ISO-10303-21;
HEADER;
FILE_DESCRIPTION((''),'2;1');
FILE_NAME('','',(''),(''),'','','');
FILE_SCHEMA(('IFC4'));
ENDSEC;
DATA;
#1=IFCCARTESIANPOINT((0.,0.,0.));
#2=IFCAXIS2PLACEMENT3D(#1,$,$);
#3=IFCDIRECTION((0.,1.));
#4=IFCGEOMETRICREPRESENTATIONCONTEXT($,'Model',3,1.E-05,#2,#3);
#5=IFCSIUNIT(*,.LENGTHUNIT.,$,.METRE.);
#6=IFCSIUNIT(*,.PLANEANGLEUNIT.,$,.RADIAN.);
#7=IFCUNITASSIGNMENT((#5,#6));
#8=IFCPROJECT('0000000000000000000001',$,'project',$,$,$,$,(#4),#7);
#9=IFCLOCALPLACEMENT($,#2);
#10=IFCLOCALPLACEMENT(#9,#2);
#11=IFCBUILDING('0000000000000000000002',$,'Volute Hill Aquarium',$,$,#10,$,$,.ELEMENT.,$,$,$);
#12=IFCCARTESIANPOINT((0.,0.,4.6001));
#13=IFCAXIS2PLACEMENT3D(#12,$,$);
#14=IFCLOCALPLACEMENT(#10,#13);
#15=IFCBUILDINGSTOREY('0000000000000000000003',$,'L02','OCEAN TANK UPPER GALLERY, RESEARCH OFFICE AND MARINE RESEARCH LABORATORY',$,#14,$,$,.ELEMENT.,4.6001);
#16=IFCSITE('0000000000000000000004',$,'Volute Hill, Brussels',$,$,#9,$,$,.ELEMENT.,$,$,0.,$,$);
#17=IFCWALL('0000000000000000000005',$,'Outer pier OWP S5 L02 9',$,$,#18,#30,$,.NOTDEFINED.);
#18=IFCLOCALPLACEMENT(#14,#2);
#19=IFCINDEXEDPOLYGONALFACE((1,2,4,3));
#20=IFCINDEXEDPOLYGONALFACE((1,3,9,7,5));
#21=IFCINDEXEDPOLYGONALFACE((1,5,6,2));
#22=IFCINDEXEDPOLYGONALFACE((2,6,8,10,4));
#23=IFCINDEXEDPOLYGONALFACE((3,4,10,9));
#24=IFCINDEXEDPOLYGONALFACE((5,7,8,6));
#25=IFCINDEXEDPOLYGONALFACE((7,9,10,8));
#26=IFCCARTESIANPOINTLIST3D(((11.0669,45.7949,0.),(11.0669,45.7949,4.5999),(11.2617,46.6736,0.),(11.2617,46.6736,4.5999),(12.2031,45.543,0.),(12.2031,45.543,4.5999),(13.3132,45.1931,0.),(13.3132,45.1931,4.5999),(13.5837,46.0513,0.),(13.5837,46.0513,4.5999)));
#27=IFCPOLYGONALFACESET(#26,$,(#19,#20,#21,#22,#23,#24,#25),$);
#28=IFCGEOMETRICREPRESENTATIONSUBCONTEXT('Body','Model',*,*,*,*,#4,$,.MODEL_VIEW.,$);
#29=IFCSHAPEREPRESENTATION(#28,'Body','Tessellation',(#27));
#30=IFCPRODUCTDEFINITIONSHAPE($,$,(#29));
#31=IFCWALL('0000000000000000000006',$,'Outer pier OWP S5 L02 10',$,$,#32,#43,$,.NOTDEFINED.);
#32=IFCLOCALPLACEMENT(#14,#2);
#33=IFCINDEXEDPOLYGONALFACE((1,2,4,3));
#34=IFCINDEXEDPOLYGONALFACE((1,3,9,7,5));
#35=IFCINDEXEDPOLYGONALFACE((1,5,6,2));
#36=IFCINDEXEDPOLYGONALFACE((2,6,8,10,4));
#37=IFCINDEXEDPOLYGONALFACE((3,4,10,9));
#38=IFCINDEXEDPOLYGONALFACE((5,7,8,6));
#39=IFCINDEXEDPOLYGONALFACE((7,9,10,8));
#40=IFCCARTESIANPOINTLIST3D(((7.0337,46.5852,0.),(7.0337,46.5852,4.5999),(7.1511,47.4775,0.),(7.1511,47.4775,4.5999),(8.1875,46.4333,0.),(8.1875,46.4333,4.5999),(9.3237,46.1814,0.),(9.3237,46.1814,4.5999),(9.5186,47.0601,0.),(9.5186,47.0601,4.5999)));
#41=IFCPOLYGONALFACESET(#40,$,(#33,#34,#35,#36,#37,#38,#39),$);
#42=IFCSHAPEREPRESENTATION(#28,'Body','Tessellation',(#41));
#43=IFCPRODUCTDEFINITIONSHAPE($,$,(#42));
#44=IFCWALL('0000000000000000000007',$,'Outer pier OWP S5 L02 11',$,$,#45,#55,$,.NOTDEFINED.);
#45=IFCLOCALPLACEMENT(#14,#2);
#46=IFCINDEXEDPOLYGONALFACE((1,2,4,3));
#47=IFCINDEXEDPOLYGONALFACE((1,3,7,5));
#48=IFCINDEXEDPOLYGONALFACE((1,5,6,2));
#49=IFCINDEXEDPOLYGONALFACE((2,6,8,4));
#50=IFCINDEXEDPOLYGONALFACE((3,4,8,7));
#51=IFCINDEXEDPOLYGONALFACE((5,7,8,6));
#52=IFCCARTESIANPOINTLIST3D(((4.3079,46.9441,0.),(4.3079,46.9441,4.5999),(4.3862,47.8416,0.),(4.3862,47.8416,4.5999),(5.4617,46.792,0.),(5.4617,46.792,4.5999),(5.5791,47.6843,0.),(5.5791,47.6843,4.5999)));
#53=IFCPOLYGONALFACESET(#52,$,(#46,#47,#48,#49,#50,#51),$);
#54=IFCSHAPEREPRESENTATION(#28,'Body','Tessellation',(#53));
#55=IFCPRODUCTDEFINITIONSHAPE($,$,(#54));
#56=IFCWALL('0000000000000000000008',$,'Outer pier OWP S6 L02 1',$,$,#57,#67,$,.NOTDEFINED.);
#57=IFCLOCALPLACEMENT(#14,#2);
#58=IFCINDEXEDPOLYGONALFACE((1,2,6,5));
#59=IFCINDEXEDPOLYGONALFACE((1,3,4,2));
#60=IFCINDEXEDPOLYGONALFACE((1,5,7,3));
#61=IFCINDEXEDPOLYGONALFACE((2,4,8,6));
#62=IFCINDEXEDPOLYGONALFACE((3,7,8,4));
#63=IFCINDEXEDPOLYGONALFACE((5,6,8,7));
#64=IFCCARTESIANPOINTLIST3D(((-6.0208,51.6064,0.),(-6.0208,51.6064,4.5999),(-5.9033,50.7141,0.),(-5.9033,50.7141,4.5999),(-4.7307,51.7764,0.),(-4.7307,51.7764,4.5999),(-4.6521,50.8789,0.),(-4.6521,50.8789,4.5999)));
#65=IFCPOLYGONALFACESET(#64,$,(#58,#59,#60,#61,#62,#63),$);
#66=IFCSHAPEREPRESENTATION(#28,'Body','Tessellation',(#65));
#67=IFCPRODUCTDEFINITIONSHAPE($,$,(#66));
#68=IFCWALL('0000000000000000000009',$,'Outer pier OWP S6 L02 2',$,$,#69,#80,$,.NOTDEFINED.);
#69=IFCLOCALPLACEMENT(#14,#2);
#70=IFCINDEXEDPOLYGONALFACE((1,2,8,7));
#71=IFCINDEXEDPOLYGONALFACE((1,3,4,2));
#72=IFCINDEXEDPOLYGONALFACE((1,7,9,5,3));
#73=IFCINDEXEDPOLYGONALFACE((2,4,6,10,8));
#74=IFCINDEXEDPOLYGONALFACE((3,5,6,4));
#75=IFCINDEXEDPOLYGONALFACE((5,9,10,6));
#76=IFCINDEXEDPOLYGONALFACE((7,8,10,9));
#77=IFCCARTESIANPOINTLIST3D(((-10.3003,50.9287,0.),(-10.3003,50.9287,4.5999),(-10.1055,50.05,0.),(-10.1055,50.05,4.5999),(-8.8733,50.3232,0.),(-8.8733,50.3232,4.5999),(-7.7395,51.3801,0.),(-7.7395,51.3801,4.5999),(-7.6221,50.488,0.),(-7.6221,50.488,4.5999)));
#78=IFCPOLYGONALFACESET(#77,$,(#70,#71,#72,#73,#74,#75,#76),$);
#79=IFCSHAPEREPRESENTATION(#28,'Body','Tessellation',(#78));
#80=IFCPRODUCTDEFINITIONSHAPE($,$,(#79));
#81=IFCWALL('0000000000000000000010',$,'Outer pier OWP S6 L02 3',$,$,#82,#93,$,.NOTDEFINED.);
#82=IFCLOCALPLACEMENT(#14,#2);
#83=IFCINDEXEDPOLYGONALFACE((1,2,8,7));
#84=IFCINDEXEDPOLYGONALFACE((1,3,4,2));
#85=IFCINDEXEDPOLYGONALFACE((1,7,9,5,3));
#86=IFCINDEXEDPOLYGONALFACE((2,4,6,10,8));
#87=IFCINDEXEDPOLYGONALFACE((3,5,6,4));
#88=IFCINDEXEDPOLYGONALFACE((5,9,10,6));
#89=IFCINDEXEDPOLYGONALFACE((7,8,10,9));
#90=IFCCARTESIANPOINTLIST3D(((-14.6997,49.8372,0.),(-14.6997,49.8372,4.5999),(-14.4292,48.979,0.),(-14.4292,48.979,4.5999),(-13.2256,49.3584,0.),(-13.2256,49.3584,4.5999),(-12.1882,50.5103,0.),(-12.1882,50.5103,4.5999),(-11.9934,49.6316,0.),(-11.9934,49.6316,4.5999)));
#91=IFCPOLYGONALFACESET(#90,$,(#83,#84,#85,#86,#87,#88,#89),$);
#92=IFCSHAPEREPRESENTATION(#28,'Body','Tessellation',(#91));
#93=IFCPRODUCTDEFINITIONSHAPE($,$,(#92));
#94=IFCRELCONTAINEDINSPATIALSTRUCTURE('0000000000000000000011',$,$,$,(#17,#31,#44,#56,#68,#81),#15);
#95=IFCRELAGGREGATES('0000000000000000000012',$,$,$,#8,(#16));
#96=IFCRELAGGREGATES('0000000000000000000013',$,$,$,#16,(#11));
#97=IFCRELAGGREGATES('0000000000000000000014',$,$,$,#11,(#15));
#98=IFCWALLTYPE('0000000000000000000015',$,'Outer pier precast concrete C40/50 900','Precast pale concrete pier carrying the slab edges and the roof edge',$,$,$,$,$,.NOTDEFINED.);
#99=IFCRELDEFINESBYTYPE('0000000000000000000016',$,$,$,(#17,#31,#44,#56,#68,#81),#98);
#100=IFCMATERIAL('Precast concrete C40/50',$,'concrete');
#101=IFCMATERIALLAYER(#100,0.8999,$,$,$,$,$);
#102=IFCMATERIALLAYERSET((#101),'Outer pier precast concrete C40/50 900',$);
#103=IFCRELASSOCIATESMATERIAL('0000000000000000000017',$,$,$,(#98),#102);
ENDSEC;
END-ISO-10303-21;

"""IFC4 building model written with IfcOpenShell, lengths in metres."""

from ifc_helpers import new_model, si_unit, direction, frame, origin, place, context, subcontext, project, spatial, polyline, outline, extrude, material, layer, layer_set, type_object, element, save


model = new_model("IFC4")

# Units and contexts
model_context = context("Model", 3, precision=1e-05, world=origin(), true_north=direction((0.0, 1.0)))
body_context = subcontext(model_context, "Body", "Model", "MODEL_VIEW")
ifc_project = project(units=[si_unit("LENGTHUNIT", "METRE"), si_unit("PLANEANGLEUNIT", "RADIAN")], contexts=[model_context])

# Site, building, storey
site_placement = place(None, origin())
site = spatial("IfcSite", under=ifc_project, at=site_placement, Name="Volute Hill, Brussels", CompositionType="ELEMENT", RefElevation=0.0)
building_placement = place(site_placement, origin())
building = spatial("IfcBuilding", under=site, at=building_placement, Name="Volute Hill Aquarium", CompositionType="ELEMENT")
storey_placement = place(building_placement, frame((0.0, 0.0, 4.6001)))
storey = spatial("IfcBuildingStorey", under=building, at=storey_placement, Name="L02", Description="OCEAN TANK UPPER GALLERY, RESEARCH OFFICE AND MARINE RESEARCH LABORATORY", CompositionType="ELEMENT", Elevation=4.6001)

# Walls
ifc_material_1 = material(Name="Precast concrete C40/50", Category="concrete")
ifc_layer_1 = layer(ifc_material_1, 0.8999)
ifc_layer_set_1 = layer_set([ifc_layer_1], Name="Outer pier precast concrete C40/50 900")
wall_type = type_object("IfcWallType", Name="Outer pier precast concrete C40/50 900", Description="Precast pale concrete pier carrying the slab edges and the roof edge", PredefinedType="NOTDEFINED", material=ifc_layer_set_1)
wall_1_placement = place(storey_placement, origin())
element("IfcWall", 1, at=wall_1_placement, inside=storey, type_object=wall_type, Name="Outer pier OWP S5 L02 9", PredefinedType="NOTDEFINED", context=body_context, shape_type="SweptSolid", body=[
    extrude(outline(polyline([(13.3132, 45.1931), (13.5837, 46.0513), (11.2617, 46.6736), (11.0669, 45.7949), (12.2031, 45.543), (13.3132, 45.1931)])), origin(), (0.0, 0.0, 1.0), 4.5999),
])
wall_2_placement = place(storey_placement, origin())
element("IfcWall", 2, at=wall_2_placement, inside=storey, type_object=wall_type, Name="Outer pier OWP S5 L02 10", PredefinedType="NOTDEFINED", context=body_context, shape_type="SweptSolid", body=[
    extrude(outline(polyline([(9.3237, 46.1814), (9.5186, 47.0601), (7.1511, 47.4775), (7.0337, 46.5852), (8.1875, 46.4333), (9.3237, 46.1814)])), origin(), (0.0, 0.0, 1.0), 4.5999),
])
wall_3_placement = place(storey_placement, origin())
element("IfcWall", 3, at=wall_3_placement, inside=storey, type_object=wall_type, Name="Outer pier OWP S5 L02 11", PredefinedType="NOTDEFINED", context=body_context, shape_type="SweptSolid", body=[
    extrude(outline(polyline([(5.4617, 46.792), (5.5791, 47.6843), (4.3862, 47.8416), (4.3079, 46.9441), (5.4617, 46.792)])), origin(), (0.0, 0.0, 1.0), 4.5999),
])
wall_4_placement = place(storey_placement, origin())
element("IfcWall", 4, at=wall_4_placement, inside=storey, type_object=wall_type, Name="Outer pier OWP S6 L02 1", PredefinedType="NOTDEFINED", context=body_context, shape_type="SweptSolid", body=[
    extrude(outline(polyline([(-4.6521, 50.8789), (-4.7307, 51.7764), (-6.0208, 51.6064), (-5.9033, 50.7141), (-4.6521, 50.8789)])), origin(), (0.0, 0.0, 1.0), 4.5999),
])
wall_5_placement = place(storey_placement, origin())
element("IfcWall", 5, at=wall_5_placement, inside=storey, type_object=wall_type, Name="Outer pier OWP S6 L02 2", PredefinedType="NOTDEFINED", context=body_context, shape_type="SweptSolid", body=[
    extrude(outline(polyline([(-7.6221, 50.488), (-7.7395, 51.3801), (-10.3003, 50.9287), (-10.1055, 50.05), (-8.8733, 50.3232), (-7.6221, 50.488)])), origin(), (0.0, 0.0, 1.0), 4.5999),
])
wall_6_placement = place(storey_placement, origin())
element("IfcWall", 6, at=wall_6_placement, inside=storey, type_object=wall_type, Name="Outer pier OWP S6 L02 3", PredefinedType="NOTDEFINED", context=body_context, shape_type="SweptSolid", body=[
    extrude(outline(polyline([(-11.9934, 49.6316), (-12.1882, 50.5103), (-14.6997, 49.8372), (-14.4292, 48.979), (-13.2256, 49.3584), (-11.9934, 49.6316)])), origin(), (0.0, 0.0, 1.0), 4.5999),
])

save(model, "model.ifc")
